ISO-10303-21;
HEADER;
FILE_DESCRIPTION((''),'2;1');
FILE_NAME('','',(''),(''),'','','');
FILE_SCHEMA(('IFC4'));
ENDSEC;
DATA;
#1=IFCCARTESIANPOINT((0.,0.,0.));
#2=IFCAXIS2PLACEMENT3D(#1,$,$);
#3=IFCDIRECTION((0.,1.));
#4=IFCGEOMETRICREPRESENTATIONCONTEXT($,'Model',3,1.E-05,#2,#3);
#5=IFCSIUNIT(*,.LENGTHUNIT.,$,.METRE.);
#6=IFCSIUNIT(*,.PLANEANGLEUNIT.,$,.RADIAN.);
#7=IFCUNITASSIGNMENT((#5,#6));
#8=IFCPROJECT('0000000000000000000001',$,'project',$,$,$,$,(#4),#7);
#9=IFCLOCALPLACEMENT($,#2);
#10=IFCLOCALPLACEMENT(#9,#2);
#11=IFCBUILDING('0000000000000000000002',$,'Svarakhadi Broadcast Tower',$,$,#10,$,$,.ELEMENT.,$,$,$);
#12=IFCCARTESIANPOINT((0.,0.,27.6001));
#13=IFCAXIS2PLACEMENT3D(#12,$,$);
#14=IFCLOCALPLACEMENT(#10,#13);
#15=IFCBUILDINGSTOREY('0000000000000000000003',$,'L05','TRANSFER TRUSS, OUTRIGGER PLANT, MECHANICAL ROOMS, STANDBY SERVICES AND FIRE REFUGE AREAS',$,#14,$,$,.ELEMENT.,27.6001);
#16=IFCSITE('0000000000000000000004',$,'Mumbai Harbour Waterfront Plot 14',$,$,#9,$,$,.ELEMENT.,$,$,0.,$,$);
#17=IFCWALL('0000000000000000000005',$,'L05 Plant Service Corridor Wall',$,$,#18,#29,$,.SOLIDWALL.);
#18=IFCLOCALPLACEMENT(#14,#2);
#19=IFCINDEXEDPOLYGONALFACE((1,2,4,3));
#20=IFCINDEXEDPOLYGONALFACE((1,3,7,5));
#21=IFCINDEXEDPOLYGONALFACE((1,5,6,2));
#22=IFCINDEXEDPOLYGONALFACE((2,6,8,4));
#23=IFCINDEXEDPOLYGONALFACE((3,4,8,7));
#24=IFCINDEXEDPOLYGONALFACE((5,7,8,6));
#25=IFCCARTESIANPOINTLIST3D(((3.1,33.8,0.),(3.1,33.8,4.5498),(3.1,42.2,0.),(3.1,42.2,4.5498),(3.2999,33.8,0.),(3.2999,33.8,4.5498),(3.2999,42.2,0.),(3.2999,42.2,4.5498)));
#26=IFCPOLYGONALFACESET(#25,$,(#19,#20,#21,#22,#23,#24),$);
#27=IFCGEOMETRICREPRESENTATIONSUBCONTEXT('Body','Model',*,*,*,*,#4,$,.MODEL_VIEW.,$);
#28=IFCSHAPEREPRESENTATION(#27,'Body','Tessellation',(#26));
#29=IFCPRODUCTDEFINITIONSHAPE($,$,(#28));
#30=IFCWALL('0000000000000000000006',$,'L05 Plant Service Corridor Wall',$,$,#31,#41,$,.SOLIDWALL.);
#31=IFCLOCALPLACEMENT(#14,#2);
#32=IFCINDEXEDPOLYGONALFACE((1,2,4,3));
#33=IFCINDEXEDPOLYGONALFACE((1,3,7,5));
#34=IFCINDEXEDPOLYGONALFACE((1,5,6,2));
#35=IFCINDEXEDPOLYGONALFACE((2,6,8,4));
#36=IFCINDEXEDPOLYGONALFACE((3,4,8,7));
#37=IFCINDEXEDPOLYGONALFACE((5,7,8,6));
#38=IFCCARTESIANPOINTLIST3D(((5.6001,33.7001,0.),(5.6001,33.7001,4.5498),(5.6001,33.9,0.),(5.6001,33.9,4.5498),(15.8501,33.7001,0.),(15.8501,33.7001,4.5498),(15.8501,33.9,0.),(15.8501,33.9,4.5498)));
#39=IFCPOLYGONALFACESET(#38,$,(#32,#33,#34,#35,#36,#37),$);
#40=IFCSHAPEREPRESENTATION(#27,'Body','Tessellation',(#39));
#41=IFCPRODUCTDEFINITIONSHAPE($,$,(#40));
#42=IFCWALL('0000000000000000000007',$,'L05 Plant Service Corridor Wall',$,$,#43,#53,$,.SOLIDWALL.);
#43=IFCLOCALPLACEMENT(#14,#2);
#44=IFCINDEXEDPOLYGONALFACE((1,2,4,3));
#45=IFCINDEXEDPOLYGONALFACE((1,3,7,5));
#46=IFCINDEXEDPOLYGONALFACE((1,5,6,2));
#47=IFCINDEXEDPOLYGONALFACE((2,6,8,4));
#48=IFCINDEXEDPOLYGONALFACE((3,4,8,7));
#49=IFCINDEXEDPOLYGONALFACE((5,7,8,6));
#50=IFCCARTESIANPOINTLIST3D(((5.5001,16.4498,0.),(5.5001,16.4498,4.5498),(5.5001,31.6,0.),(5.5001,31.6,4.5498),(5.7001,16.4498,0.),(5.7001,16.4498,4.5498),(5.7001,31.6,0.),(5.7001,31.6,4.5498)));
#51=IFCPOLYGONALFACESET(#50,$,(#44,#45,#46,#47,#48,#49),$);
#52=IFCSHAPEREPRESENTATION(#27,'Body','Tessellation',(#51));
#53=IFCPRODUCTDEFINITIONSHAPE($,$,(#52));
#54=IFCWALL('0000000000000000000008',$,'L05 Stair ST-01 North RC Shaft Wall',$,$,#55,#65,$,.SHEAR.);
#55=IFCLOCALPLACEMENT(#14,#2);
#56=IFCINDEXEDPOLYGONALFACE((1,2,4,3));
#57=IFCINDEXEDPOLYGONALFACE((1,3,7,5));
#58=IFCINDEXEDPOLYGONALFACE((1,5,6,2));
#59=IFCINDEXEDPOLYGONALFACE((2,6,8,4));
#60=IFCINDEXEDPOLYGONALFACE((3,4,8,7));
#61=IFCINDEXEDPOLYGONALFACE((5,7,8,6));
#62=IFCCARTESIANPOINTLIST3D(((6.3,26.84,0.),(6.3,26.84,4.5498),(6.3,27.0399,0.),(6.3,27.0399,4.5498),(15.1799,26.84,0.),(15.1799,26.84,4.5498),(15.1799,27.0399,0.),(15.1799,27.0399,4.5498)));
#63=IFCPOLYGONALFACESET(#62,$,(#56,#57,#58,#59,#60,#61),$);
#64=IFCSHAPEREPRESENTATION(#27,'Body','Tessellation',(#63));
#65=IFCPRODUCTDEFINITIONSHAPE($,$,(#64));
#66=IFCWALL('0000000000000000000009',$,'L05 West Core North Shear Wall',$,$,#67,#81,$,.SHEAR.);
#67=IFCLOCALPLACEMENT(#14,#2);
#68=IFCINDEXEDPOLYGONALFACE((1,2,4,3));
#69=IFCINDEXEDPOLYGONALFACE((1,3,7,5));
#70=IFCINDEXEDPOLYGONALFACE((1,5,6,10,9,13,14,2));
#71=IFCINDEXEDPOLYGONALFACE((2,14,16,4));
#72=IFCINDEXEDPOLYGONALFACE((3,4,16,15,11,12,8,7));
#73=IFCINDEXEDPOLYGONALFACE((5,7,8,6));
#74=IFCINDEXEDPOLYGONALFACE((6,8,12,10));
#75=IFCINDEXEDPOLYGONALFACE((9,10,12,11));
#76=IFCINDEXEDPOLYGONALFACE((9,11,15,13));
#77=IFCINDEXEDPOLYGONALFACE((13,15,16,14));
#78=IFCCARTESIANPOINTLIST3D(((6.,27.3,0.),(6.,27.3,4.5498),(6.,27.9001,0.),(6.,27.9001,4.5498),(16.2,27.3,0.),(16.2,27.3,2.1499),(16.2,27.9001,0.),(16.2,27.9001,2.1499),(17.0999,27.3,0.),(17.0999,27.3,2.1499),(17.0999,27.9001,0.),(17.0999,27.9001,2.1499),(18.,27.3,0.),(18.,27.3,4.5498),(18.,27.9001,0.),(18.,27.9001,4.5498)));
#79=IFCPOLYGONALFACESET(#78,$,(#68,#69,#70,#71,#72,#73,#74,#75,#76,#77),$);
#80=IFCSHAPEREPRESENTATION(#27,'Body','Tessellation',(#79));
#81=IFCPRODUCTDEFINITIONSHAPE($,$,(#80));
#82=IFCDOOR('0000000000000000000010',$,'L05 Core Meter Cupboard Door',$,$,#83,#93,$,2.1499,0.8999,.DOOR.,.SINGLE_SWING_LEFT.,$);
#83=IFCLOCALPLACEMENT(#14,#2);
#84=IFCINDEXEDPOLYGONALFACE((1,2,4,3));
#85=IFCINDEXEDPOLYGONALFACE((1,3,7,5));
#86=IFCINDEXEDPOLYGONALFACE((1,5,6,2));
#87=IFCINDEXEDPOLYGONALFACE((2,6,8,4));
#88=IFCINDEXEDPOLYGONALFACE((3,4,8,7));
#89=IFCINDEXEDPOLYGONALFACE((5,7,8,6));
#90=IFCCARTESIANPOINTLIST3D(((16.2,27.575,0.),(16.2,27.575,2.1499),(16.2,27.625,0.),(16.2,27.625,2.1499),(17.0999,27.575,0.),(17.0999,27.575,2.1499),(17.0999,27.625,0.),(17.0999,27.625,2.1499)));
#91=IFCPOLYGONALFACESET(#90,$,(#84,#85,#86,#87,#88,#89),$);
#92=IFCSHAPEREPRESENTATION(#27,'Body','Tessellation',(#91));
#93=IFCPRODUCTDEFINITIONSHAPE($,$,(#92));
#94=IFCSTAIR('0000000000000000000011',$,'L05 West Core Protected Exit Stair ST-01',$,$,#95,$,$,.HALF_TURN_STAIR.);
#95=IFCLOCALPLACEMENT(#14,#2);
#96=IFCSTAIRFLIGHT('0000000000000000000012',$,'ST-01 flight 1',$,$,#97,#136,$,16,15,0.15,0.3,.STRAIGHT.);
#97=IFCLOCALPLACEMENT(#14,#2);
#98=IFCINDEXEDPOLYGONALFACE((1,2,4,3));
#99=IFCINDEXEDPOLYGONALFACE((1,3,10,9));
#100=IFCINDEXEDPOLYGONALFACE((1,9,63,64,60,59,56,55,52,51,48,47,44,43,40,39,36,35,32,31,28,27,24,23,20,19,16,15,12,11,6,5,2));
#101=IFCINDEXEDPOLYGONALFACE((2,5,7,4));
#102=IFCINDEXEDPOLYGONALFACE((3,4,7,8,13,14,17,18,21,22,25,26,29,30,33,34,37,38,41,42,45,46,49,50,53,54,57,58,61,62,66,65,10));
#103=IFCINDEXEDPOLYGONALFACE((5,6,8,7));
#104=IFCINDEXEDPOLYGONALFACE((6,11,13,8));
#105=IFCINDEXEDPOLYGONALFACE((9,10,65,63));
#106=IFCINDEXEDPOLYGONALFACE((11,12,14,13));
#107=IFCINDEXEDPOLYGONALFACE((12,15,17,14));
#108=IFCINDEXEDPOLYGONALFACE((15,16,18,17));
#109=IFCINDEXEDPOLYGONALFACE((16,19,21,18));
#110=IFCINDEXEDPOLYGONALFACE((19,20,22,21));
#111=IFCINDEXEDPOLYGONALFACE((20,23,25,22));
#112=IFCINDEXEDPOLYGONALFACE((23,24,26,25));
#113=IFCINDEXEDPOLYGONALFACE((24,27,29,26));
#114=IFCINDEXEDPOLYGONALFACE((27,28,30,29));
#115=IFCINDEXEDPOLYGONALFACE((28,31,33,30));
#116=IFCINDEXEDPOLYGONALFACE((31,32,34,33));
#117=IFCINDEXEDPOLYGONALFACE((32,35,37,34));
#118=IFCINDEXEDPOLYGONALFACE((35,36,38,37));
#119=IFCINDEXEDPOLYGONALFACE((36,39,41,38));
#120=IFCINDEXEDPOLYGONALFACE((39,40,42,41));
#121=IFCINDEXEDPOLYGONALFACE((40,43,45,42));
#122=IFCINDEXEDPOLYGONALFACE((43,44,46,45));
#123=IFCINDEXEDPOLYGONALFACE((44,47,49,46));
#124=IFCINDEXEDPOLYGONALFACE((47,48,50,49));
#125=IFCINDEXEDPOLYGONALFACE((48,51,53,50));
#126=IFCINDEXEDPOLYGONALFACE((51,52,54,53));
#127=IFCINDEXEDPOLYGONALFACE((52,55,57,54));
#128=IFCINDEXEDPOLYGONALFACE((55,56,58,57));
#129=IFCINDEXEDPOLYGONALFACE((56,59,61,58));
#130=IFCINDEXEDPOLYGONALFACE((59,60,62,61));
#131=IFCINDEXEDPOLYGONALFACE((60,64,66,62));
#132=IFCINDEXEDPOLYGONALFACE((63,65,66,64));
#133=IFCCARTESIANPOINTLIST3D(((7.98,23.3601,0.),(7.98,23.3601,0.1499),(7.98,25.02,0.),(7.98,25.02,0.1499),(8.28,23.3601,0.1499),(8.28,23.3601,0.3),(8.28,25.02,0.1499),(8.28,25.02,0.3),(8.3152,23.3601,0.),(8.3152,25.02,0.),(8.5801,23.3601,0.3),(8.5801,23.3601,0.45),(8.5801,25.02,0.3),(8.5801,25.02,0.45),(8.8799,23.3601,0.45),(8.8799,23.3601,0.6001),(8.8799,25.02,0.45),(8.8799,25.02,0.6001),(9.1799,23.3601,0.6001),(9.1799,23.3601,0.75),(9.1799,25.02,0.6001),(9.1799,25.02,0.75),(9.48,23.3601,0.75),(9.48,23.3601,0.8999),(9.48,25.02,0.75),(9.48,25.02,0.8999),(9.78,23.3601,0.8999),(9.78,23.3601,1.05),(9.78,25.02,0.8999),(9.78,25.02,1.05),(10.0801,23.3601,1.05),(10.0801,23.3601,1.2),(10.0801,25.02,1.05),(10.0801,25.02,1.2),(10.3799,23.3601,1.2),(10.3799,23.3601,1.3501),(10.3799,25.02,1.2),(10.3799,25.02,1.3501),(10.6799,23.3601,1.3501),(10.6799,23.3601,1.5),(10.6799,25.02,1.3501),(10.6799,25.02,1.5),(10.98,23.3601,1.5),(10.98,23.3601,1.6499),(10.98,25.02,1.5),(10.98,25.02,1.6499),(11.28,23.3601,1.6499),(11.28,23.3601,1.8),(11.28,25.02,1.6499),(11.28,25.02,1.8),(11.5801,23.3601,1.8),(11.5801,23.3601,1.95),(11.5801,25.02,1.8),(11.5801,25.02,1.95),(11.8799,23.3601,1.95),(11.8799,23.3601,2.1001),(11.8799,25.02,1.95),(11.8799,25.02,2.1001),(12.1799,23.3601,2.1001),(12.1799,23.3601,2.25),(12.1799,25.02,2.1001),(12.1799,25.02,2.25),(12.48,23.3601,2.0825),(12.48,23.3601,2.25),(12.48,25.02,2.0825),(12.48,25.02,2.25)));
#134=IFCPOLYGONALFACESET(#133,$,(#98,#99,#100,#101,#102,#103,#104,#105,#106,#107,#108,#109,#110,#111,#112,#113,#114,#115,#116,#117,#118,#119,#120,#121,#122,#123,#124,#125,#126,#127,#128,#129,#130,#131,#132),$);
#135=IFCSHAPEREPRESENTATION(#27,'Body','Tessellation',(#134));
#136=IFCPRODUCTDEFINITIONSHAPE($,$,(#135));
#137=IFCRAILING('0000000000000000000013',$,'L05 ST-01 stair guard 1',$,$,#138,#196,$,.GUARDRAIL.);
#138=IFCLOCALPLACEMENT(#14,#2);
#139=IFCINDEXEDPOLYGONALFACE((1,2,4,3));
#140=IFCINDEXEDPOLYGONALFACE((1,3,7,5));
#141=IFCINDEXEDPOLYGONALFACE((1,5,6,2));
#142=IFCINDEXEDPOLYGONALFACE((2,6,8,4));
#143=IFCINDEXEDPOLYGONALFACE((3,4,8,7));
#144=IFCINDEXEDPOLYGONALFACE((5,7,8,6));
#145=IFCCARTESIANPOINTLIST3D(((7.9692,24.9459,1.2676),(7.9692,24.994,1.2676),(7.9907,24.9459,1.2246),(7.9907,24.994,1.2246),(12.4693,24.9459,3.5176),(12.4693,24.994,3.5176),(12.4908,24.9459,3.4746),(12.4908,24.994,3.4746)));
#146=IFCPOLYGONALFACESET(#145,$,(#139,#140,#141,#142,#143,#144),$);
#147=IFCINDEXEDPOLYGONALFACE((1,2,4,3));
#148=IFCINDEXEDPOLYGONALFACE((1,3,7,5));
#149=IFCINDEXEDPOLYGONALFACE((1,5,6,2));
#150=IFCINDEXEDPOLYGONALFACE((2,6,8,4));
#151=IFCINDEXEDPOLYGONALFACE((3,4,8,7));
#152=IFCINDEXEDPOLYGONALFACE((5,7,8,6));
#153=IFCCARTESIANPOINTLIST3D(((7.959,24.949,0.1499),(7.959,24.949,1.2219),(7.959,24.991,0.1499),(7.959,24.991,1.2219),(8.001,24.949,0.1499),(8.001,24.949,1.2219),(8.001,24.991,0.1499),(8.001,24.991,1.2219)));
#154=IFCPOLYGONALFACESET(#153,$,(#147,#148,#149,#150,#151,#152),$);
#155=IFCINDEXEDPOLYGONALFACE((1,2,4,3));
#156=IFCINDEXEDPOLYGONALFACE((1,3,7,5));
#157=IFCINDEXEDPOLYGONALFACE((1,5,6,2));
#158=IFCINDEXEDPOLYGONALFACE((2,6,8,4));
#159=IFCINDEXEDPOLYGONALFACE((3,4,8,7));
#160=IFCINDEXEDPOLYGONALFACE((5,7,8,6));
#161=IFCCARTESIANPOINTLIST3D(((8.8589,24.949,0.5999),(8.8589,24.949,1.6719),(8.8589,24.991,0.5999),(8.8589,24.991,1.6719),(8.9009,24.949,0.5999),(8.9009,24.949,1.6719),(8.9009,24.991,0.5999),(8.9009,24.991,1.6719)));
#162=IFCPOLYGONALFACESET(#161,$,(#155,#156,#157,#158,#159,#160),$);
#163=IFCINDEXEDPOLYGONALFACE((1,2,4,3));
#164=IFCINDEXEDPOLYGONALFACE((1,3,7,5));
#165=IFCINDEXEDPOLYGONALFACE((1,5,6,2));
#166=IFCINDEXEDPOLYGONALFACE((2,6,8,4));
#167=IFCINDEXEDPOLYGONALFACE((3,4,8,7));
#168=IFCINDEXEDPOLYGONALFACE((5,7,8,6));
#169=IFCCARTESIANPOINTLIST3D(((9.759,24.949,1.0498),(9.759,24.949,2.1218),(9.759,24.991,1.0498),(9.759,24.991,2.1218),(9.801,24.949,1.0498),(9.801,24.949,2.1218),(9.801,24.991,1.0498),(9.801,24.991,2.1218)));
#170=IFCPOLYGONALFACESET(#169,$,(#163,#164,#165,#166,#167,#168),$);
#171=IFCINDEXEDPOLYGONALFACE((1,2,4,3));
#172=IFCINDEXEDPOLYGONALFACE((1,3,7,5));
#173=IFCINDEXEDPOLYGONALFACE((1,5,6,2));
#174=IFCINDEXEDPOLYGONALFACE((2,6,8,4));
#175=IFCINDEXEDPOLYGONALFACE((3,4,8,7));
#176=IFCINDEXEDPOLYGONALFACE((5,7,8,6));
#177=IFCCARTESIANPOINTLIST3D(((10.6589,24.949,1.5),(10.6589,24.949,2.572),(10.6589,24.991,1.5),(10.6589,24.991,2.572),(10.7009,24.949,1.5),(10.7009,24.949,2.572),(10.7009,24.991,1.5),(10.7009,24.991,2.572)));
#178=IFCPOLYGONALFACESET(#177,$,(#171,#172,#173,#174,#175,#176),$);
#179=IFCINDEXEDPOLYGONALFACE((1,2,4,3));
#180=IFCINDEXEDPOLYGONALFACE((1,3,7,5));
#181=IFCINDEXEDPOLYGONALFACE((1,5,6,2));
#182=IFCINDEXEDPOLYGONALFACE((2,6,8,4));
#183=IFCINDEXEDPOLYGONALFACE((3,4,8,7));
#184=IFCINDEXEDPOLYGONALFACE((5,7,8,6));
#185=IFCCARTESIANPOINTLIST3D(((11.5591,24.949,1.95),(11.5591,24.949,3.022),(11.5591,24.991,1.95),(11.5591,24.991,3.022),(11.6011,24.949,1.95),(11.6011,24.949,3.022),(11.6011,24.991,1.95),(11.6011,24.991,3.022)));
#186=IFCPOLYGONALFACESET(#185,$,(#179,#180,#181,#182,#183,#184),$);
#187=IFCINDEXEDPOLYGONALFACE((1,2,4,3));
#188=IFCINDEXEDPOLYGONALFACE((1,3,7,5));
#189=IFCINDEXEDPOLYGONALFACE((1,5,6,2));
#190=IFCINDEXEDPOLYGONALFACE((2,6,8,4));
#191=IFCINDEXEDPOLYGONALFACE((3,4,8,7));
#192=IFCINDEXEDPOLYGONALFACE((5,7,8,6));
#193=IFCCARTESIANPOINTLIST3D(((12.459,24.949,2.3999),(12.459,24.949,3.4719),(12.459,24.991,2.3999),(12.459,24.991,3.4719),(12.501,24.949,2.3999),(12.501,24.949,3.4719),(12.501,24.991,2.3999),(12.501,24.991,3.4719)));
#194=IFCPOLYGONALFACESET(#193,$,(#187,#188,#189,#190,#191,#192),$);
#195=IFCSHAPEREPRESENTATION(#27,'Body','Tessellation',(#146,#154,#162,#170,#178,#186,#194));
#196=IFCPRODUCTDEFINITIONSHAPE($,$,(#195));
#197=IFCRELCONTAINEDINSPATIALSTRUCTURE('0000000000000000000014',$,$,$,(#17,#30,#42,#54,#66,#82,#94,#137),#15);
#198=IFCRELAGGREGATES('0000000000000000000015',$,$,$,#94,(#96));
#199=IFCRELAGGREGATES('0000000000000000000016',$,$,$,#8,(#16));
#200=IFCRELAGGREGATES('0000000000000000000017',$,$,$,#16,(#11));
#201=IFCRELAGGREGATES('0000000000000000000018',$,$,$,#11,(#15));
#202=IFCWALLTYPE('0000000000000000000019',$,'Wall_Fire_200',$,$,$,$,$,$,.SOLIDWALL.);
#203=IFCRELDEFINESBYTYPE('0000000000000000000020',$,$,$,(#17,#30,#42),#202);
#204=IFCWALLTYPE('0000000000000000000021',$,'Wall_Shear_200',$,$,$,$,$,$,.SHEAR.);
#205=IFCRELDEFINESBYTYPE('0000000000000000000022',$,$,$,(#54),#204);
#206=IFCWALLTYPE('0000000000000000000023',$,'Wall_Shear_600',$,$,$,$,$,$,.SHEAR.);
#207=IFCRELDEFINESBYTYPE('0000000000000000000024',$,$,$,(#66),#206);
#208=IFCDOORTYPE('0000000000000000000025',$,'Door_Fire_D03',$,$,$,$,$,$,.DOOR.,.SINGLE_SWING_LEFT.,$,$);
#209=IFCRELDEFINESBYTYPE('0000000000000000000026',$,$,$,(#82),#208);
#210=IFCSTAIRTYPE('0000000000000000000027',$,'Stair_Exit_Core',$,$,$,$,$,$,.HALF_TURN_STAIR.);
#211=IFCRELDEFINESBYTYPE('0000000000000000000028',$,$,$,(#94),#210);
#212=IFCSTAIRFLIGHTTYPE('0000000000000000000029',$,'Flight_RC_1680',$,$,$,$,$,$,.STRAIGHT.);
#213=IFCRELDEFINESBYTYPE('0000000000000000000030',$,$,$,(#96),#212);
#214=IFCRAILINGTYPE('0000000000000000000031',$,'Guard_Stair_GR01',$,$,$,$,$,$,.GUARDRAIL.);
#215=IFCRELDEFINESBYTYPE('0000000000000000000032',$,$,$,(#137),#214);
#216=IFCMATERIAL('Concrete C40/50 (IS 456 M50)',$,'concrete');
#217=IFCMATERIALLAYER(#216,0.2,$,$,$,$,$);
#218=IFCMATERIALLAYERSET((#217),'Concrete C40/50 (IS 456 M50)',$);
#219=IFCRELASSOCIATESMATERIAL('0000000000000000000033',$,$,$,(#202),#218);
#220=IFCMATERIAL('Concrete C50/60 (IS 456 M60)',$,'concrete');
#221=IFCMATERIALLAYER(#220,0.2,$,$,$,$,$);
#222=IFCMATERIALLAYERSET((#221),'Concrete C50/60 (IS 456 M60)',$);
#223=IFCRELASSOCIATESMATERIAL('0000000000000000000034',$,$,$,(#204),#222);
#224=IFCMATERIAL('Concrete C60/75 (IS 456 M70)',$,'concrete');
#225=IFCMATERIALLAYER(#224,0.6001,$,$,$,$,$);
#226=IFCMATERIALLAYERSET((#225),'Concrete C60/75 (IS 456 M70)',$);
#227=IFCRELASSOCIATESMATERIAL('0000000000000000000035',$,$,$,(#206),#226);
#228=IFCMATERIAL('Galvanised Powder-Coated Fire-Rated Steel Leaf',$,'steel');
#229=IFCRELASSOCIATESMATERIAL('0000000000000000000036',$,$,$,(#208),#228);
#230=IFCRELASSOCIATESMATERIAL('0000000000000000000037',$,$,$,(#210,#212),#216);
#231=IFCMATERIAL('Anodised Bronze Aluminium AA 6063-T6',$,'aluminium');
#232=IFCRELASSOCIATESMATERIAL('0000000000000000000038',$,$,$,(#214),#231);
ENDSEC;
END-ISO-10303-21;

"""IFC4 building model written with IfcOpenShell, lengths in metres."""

from ifc_helpers import new_model, si_unit, direction, frame, frame_2d, origin, origin_2d, place, context, subcontext, project, spatial, polyline, rectangle, outline, extrude, material, layer, layer_set, type_object, element, fill, aggregate, save


model = new_model("IFC4")

# Units and contexts
model_context = context("Model", 3, precision=1e-05, world=origin(), true_north=direction((0.0, 1.0)))
body_context = subcontext(model_context, "Body", "Model", "MODEL_VIEW")
ifc_project = project(units=[si_unit("LENGTHUNIT", "METRE"), si_unit("PLANEANGLEUNIT", "RADIAN")], contexts=[model_context])

# Site, building, storey
site_placement = place(None, origin())
site = spatial("IfcSite", under=ifc_project, at=site_placement, Name="Mumbai Harbour Waterfront Plot 14", CompositionType="ELEMENT", RefElevation=0.0)
building_placement = place(site_placement, origin())
building = spatial("IfcBuilding", under=site, at=building_placement, Name="Svarakhadi Broadcast Tower", CompositionType="ELEMENT")
storey_placement = place(building_placement, frame((0.0, 0.0, 27.6001)))
storey = spatial("IfcBuildingStorey", under=building, at=storey_placement, Name="L05", Description="TRANSFER TRUSS, OUTRIGGER PLANT, MECHANICAL ROOMS, STANDBY SERVICES AND FIRE REFUGE AREAS", CompositionType="ELEMENT", Elevation=27.6001)

# Shared definitions
ifc_material_1 = material(Name="Concrete C60/75 (IS 456 M70)", Category="concrete")

# Walls
ifc_material_2 = material(Name="Concrete C40/50 (IS 456 M50)", Category="concrete")
ifc_layer_1 = layer(ifc_material_2, 0.2)
ifc_layer_set_1 = layer_set([ifc_layer_1], Name="Concrete C40/50 (IS 456 M50)")
wall_type_1 = type_object("IfcWallType", Name="Wall_Fire_200", PredefinedType="SOLIDWALL", material=ifc_layer_set_1)
wall_1_placement = place(storey_placement, frame((3.2, 33.8, 0.0), z_axis=(0.0, 0.0, 1.0), x_axis=(0.0, 1.0, 0.0)))
element("IfcWall", 1, at=wall_1_placement, inside=storey, type_object=wall_type_1, Name="L05 Plant Service Corridor Wall", PredefinedType="SOLIDWALL", context=body_context, shape_type="SweptSolid", body=[
    extrude(rectangle(XDim=8.3999, YDim=0.2, at=frame_2d((4.2, 0.0))), origin(), (0.0, 0.0, 1.0), 4.5498),
])
wall_2_placement = place(storey_placement, frame((5.6001, 33.8, 0.0), z_axis=(0.0, 0.0, 1.0), x_axis=(1.0, 0.0, 0.0)))
element("IfcWall", 2, at=wall_2_placement, inside=storey, type_object=wall_type_1, Name="L05 Plant Service Corridor Wall", PredefinedType="SOLIDWALL", context=body_context, shape_type="SweptSolid", body=[
    extrude(rectangle(XDim=10.25, YDim=0.2, at=frame_2d((5.125, 0.0))), origin(), (0.0, 0.0, 1.0), 4.5498),
])
wall_3_placement = place(storey_placement, frame((5.6001, 31.6001, 0.0), z_axis=(0.0, 0.0, 1.0), x_axis=(0.0, -1.0, 0.0)))
element("IfcWall", 3, at=wall_3_placement, inside=storey, type_object=wall_type_1, Name="L05 Plant Service Corridor Wall", PredefinedType="SOLIDWALL", context=body_context, shape_type="SweptSolid", body=[
    extrude(rectangle(XDim=15.1501, YDim=0.2, at=frame_2d((7.5752, 0.0))), origin(), (0.0, 0.0, 1.0), 4.5498),
])
ifc_material_3 = material(Name="Concrete C50/60 (IS 456 M60)", Category="concrete")
ifc_layer_2 = layer(ifc_material_3, 0.2)
ifc_layer_set_2 = layer_set([ifc_layer_2], Name="Concrete C50/60 (IS 456 M60)")
wall_type_2 = type_object("IfcWallType", Name="Wall_Shear_200", PredefinedType="SHEAR", material=ifc_layer_set_2)
wall_4_placement = place(storey_placement, frame((6.3, 26.9399, 0.0), z_axis=(0.0, 0.0, 1.0), x_axis=(1.0, 0.0, 0.0)))
element("IfcWall", 4, at=wall_4_placement, inside=storey, type_object=wall_type_2, Name="L05 Stair ST-01 North RC Shaft Wall", PredefinedType="SHEAR", context=body_context, shape_type="SweptSolid", body=[
    extrude(rectangle(XDim=8.8799, YDim=0.2, at=frame_2d((4.4399, 0.0))), origin(), (0.0, 0.0, 1.0), 4.5498),
])

# Wall, opening, door
ifc_layer_3 = layer(ifc_material_1, 0.6001)
ifc_layer_set_3 = layer_set([ifc_layer_3], Name="Concrete C60/75 (IS 456 M70)")
wall_type_3 = type_object("IfcWallType", Name="Wall_Shear_600", PredefinedType="SHEAR", material=ifc_layer_set_3)
wall_5_placement = place(storey_placement, frame((6.0, 27.6001, 0.0), z_axis=(0.0, 0.0, 1.0), x_axis=(1.0, 0.0, 0.0)))
wall_5 = element("IfcWall", 5, at=wall_5_placement, inside=storey, type_object=wall_type_3, Name="L05 West Core North Shear Wall", PredefinedType="SHEAR", context=body_context, shape_type="SweptSolid", body=[
    extrude(rectangle(XDim=12.0, YDim=0.6001, at=frame_2d((6.0, 0.0))), origin(), (0.0, 0.0, 1.0), 4.5498),
])
opening_placement = place(wall_5_placement, frame((10.2, 0.0, 0.0)))
opening = element("IfcOpeningElement", 6, at=opening_placement, cuts=wall_5, PredefinedType="OPENING", context=body_context, shape_type="SweptSolid", body=[
    extrude(rectangle(XDim=0.8999, YDim=2.1499, at=frame_2d((0.45, 1.075))), frame((0.0, 0.3101, 0.0), z_axis=(0.0, -1.0, 0.0), x_axis=(1.0, 0.0, 0.0)), (0.0, 0.0, 1.0), 0.6201),
])
ifc_material_4 = material(Name="Galvanised Powder-Coated Fire-Rated Steel Leaf", Category="steel")
door_type = type_object("IfcDoorType", Name="Door_Fire_D03", OperationType="SINGLE_SWING_LEFT", PredefinedType="DOOR", material=ifc_material_4)
door_placement = place(opening_placement, origin())
door = element("IfcDoor", 7, at=door_placement, inside=storey, type_object=door_type, Name="L05 Core Meter Cupboard Door", OperationType="SINGLE_SWING_LEFT", OverallHeight=2.1499, OverallWidth=0.8999, PredefinedType="DOOR", context=body_context, shape_type="SweptSolid", body=[
    extrude(rectangle(XDim=0.8999, YDim=2.1499, at=frame_2d((0.45, 1.075))), frame((0.0, 0.0249, 0.0), z_axis=(0.0, -1.0, 0.0), x_axis=(1.0, 0.0, 0.0)), (0.0, 0.0, 1.0), 0.05),
])
fill(opening, door)

# Stair, stair flight
stair_type = type_object("IfcStairType", Name="Stair_Exit_Core", PredefinedType="HALF_TURN_STAIR", material=ifc_material_2)
stair_placement = place(storey_placement, origin())
stair = element("IfcStair", 8, at=stair_placement, inside=storey, type_object=stair_type, Name="L05 West Core Protected Exit Stair ST-01", PredefinedType="HALF_TURN_STAIR")
stair_flight_type = type_object("IfcStairFlightType", Name="Flight_RC_1680", PredefinedType="STRAIGHT", material=ifc_material_2)
stair_flight_placement = place(storey_placement, frame((7.98, 24.1899, 0.0), z_axis=(0.0, 0.0, 1.0), x_axis=(1.0, 0.0, 0.0)))
stair_flight = element("IfcStairFlight", 9, at=stair_flight_placement, type_object=stair_flight_type, Name="ST-01 flight 1", NumberOfRisers=16, NumberOfTreads=15, PredefinedType="STRAIGHT", RiserHeight=0.15, TreadLength=0.3, context=body_context, shape_type="SweptSolid", body=[
    extrude(outline(polyline([(0.0, 0.0), (0.0, 0.1499), (0.3, 0.1499), (0.3, 0.3), (0.6001, 0.3), (0.6001, 0.45), (0.8999, 0.45), (0.8999, 0.6001), (1.2, 0.6001), (1.2, 0.75), (1.5, 0.75), (1.5, 0.8999), (1.8, 0.8999), (1.8, 1.05), (2.1001, 1.05), (2.1001, 1.2), (2.3999, 1.2), (2.3999, 1.3501), (2.7, 1.3501), (2.7, 1.5), (3.0, 1.5), (3.0, 1.6499), (3.3, 1.6499), (3.3, 1.8), (3.6001, 1.8), (3.6001, 1.95), (3.8999, 1.95), (3.8999, 2.1001), (4.2, 2.1001), (4.2, 2.25), (4.5, 2.25), (4.5, 2.3999), (4.5, 2.0825), (0.3352, 0.0), (0.0, 0.0)])), frame((0.0, 0.8301, 0.0), z_axis=(0.0, -1.0, 0.0), x_axis=(1.0, 0.0, 0.0)), (0.0, 0.0, 1.0), 1.6599),
])
aggregate(stair, [stair_flight])

# Railing
ifc_material_5 = material(Name="Anodised Bronze Aluminium AA 6063-T6", Category="aluminium")
railing_type = type_object("IfcRailingType", Name="Guard_Stair_GR01", PredefinedType="GUARDRAIL", material=ifc_material_5)
railing_1_placement = place(storey_placement, frame((7.98, 24.97, 0.1499)))
element("IfcRailing", 10, at=railing_1_placement, inside=storey, type_object=railing_type, Name="L05 ST-01 stair guard 1", PredefinedType="GUARDRAIL", context=body_context, shape_type="SweptSolid", body=[
    extrude(rectangle(XDim=0.0481, YDim=0.0481, at=origin_2d()), frame((0.0, 0.0, 1.0962), z_axis=(0.894427, 0.0, 0.447214), x_axis=(0.0, 1.0, 0.0)), (0.0, 0.0, 1.0), 5.0312),
    extrude(rectangle(XDim=0.042, YDim=0.042, at=origin_2d()), origin(), (0.0, 0.0, 1.0), 1.072),
    extrude(rectangle(XDim=0.042, YDim=0.042, at=origin_2d()), frame((0.8999, 0.0, 0.45)), (0.0, 0.0, 1.0), 1.072),
    extrude(rectangle(XDim=0.042, YDim=0.042, at=origin_2d()), frame((1.8, 0.0, 0.8999)), (0.0, 0.0, 1.0), 1.072),
    extrude(rectangle(XDim=0.042, YDim=0.042, at=origin_2d()), frame((2.7, 0.0, 1.3501)), (0.0, 0.0, 1.0), 1.072),
    extrude(rectangle(XDim=0.042, YDim=0.042, at=origin_2d()), frame((3.6001, 0.0, 1.8)), (0.0, 0.0, 1.0), 1.072),
    extrude(rectangle(XDim=0.042, YDim=0.042, at=origin_2d()), frame((4.5, 0.0, 2.25)), (0.0, 0.0, 1.0), 1.072),
])

save(model, "model.ifc")
